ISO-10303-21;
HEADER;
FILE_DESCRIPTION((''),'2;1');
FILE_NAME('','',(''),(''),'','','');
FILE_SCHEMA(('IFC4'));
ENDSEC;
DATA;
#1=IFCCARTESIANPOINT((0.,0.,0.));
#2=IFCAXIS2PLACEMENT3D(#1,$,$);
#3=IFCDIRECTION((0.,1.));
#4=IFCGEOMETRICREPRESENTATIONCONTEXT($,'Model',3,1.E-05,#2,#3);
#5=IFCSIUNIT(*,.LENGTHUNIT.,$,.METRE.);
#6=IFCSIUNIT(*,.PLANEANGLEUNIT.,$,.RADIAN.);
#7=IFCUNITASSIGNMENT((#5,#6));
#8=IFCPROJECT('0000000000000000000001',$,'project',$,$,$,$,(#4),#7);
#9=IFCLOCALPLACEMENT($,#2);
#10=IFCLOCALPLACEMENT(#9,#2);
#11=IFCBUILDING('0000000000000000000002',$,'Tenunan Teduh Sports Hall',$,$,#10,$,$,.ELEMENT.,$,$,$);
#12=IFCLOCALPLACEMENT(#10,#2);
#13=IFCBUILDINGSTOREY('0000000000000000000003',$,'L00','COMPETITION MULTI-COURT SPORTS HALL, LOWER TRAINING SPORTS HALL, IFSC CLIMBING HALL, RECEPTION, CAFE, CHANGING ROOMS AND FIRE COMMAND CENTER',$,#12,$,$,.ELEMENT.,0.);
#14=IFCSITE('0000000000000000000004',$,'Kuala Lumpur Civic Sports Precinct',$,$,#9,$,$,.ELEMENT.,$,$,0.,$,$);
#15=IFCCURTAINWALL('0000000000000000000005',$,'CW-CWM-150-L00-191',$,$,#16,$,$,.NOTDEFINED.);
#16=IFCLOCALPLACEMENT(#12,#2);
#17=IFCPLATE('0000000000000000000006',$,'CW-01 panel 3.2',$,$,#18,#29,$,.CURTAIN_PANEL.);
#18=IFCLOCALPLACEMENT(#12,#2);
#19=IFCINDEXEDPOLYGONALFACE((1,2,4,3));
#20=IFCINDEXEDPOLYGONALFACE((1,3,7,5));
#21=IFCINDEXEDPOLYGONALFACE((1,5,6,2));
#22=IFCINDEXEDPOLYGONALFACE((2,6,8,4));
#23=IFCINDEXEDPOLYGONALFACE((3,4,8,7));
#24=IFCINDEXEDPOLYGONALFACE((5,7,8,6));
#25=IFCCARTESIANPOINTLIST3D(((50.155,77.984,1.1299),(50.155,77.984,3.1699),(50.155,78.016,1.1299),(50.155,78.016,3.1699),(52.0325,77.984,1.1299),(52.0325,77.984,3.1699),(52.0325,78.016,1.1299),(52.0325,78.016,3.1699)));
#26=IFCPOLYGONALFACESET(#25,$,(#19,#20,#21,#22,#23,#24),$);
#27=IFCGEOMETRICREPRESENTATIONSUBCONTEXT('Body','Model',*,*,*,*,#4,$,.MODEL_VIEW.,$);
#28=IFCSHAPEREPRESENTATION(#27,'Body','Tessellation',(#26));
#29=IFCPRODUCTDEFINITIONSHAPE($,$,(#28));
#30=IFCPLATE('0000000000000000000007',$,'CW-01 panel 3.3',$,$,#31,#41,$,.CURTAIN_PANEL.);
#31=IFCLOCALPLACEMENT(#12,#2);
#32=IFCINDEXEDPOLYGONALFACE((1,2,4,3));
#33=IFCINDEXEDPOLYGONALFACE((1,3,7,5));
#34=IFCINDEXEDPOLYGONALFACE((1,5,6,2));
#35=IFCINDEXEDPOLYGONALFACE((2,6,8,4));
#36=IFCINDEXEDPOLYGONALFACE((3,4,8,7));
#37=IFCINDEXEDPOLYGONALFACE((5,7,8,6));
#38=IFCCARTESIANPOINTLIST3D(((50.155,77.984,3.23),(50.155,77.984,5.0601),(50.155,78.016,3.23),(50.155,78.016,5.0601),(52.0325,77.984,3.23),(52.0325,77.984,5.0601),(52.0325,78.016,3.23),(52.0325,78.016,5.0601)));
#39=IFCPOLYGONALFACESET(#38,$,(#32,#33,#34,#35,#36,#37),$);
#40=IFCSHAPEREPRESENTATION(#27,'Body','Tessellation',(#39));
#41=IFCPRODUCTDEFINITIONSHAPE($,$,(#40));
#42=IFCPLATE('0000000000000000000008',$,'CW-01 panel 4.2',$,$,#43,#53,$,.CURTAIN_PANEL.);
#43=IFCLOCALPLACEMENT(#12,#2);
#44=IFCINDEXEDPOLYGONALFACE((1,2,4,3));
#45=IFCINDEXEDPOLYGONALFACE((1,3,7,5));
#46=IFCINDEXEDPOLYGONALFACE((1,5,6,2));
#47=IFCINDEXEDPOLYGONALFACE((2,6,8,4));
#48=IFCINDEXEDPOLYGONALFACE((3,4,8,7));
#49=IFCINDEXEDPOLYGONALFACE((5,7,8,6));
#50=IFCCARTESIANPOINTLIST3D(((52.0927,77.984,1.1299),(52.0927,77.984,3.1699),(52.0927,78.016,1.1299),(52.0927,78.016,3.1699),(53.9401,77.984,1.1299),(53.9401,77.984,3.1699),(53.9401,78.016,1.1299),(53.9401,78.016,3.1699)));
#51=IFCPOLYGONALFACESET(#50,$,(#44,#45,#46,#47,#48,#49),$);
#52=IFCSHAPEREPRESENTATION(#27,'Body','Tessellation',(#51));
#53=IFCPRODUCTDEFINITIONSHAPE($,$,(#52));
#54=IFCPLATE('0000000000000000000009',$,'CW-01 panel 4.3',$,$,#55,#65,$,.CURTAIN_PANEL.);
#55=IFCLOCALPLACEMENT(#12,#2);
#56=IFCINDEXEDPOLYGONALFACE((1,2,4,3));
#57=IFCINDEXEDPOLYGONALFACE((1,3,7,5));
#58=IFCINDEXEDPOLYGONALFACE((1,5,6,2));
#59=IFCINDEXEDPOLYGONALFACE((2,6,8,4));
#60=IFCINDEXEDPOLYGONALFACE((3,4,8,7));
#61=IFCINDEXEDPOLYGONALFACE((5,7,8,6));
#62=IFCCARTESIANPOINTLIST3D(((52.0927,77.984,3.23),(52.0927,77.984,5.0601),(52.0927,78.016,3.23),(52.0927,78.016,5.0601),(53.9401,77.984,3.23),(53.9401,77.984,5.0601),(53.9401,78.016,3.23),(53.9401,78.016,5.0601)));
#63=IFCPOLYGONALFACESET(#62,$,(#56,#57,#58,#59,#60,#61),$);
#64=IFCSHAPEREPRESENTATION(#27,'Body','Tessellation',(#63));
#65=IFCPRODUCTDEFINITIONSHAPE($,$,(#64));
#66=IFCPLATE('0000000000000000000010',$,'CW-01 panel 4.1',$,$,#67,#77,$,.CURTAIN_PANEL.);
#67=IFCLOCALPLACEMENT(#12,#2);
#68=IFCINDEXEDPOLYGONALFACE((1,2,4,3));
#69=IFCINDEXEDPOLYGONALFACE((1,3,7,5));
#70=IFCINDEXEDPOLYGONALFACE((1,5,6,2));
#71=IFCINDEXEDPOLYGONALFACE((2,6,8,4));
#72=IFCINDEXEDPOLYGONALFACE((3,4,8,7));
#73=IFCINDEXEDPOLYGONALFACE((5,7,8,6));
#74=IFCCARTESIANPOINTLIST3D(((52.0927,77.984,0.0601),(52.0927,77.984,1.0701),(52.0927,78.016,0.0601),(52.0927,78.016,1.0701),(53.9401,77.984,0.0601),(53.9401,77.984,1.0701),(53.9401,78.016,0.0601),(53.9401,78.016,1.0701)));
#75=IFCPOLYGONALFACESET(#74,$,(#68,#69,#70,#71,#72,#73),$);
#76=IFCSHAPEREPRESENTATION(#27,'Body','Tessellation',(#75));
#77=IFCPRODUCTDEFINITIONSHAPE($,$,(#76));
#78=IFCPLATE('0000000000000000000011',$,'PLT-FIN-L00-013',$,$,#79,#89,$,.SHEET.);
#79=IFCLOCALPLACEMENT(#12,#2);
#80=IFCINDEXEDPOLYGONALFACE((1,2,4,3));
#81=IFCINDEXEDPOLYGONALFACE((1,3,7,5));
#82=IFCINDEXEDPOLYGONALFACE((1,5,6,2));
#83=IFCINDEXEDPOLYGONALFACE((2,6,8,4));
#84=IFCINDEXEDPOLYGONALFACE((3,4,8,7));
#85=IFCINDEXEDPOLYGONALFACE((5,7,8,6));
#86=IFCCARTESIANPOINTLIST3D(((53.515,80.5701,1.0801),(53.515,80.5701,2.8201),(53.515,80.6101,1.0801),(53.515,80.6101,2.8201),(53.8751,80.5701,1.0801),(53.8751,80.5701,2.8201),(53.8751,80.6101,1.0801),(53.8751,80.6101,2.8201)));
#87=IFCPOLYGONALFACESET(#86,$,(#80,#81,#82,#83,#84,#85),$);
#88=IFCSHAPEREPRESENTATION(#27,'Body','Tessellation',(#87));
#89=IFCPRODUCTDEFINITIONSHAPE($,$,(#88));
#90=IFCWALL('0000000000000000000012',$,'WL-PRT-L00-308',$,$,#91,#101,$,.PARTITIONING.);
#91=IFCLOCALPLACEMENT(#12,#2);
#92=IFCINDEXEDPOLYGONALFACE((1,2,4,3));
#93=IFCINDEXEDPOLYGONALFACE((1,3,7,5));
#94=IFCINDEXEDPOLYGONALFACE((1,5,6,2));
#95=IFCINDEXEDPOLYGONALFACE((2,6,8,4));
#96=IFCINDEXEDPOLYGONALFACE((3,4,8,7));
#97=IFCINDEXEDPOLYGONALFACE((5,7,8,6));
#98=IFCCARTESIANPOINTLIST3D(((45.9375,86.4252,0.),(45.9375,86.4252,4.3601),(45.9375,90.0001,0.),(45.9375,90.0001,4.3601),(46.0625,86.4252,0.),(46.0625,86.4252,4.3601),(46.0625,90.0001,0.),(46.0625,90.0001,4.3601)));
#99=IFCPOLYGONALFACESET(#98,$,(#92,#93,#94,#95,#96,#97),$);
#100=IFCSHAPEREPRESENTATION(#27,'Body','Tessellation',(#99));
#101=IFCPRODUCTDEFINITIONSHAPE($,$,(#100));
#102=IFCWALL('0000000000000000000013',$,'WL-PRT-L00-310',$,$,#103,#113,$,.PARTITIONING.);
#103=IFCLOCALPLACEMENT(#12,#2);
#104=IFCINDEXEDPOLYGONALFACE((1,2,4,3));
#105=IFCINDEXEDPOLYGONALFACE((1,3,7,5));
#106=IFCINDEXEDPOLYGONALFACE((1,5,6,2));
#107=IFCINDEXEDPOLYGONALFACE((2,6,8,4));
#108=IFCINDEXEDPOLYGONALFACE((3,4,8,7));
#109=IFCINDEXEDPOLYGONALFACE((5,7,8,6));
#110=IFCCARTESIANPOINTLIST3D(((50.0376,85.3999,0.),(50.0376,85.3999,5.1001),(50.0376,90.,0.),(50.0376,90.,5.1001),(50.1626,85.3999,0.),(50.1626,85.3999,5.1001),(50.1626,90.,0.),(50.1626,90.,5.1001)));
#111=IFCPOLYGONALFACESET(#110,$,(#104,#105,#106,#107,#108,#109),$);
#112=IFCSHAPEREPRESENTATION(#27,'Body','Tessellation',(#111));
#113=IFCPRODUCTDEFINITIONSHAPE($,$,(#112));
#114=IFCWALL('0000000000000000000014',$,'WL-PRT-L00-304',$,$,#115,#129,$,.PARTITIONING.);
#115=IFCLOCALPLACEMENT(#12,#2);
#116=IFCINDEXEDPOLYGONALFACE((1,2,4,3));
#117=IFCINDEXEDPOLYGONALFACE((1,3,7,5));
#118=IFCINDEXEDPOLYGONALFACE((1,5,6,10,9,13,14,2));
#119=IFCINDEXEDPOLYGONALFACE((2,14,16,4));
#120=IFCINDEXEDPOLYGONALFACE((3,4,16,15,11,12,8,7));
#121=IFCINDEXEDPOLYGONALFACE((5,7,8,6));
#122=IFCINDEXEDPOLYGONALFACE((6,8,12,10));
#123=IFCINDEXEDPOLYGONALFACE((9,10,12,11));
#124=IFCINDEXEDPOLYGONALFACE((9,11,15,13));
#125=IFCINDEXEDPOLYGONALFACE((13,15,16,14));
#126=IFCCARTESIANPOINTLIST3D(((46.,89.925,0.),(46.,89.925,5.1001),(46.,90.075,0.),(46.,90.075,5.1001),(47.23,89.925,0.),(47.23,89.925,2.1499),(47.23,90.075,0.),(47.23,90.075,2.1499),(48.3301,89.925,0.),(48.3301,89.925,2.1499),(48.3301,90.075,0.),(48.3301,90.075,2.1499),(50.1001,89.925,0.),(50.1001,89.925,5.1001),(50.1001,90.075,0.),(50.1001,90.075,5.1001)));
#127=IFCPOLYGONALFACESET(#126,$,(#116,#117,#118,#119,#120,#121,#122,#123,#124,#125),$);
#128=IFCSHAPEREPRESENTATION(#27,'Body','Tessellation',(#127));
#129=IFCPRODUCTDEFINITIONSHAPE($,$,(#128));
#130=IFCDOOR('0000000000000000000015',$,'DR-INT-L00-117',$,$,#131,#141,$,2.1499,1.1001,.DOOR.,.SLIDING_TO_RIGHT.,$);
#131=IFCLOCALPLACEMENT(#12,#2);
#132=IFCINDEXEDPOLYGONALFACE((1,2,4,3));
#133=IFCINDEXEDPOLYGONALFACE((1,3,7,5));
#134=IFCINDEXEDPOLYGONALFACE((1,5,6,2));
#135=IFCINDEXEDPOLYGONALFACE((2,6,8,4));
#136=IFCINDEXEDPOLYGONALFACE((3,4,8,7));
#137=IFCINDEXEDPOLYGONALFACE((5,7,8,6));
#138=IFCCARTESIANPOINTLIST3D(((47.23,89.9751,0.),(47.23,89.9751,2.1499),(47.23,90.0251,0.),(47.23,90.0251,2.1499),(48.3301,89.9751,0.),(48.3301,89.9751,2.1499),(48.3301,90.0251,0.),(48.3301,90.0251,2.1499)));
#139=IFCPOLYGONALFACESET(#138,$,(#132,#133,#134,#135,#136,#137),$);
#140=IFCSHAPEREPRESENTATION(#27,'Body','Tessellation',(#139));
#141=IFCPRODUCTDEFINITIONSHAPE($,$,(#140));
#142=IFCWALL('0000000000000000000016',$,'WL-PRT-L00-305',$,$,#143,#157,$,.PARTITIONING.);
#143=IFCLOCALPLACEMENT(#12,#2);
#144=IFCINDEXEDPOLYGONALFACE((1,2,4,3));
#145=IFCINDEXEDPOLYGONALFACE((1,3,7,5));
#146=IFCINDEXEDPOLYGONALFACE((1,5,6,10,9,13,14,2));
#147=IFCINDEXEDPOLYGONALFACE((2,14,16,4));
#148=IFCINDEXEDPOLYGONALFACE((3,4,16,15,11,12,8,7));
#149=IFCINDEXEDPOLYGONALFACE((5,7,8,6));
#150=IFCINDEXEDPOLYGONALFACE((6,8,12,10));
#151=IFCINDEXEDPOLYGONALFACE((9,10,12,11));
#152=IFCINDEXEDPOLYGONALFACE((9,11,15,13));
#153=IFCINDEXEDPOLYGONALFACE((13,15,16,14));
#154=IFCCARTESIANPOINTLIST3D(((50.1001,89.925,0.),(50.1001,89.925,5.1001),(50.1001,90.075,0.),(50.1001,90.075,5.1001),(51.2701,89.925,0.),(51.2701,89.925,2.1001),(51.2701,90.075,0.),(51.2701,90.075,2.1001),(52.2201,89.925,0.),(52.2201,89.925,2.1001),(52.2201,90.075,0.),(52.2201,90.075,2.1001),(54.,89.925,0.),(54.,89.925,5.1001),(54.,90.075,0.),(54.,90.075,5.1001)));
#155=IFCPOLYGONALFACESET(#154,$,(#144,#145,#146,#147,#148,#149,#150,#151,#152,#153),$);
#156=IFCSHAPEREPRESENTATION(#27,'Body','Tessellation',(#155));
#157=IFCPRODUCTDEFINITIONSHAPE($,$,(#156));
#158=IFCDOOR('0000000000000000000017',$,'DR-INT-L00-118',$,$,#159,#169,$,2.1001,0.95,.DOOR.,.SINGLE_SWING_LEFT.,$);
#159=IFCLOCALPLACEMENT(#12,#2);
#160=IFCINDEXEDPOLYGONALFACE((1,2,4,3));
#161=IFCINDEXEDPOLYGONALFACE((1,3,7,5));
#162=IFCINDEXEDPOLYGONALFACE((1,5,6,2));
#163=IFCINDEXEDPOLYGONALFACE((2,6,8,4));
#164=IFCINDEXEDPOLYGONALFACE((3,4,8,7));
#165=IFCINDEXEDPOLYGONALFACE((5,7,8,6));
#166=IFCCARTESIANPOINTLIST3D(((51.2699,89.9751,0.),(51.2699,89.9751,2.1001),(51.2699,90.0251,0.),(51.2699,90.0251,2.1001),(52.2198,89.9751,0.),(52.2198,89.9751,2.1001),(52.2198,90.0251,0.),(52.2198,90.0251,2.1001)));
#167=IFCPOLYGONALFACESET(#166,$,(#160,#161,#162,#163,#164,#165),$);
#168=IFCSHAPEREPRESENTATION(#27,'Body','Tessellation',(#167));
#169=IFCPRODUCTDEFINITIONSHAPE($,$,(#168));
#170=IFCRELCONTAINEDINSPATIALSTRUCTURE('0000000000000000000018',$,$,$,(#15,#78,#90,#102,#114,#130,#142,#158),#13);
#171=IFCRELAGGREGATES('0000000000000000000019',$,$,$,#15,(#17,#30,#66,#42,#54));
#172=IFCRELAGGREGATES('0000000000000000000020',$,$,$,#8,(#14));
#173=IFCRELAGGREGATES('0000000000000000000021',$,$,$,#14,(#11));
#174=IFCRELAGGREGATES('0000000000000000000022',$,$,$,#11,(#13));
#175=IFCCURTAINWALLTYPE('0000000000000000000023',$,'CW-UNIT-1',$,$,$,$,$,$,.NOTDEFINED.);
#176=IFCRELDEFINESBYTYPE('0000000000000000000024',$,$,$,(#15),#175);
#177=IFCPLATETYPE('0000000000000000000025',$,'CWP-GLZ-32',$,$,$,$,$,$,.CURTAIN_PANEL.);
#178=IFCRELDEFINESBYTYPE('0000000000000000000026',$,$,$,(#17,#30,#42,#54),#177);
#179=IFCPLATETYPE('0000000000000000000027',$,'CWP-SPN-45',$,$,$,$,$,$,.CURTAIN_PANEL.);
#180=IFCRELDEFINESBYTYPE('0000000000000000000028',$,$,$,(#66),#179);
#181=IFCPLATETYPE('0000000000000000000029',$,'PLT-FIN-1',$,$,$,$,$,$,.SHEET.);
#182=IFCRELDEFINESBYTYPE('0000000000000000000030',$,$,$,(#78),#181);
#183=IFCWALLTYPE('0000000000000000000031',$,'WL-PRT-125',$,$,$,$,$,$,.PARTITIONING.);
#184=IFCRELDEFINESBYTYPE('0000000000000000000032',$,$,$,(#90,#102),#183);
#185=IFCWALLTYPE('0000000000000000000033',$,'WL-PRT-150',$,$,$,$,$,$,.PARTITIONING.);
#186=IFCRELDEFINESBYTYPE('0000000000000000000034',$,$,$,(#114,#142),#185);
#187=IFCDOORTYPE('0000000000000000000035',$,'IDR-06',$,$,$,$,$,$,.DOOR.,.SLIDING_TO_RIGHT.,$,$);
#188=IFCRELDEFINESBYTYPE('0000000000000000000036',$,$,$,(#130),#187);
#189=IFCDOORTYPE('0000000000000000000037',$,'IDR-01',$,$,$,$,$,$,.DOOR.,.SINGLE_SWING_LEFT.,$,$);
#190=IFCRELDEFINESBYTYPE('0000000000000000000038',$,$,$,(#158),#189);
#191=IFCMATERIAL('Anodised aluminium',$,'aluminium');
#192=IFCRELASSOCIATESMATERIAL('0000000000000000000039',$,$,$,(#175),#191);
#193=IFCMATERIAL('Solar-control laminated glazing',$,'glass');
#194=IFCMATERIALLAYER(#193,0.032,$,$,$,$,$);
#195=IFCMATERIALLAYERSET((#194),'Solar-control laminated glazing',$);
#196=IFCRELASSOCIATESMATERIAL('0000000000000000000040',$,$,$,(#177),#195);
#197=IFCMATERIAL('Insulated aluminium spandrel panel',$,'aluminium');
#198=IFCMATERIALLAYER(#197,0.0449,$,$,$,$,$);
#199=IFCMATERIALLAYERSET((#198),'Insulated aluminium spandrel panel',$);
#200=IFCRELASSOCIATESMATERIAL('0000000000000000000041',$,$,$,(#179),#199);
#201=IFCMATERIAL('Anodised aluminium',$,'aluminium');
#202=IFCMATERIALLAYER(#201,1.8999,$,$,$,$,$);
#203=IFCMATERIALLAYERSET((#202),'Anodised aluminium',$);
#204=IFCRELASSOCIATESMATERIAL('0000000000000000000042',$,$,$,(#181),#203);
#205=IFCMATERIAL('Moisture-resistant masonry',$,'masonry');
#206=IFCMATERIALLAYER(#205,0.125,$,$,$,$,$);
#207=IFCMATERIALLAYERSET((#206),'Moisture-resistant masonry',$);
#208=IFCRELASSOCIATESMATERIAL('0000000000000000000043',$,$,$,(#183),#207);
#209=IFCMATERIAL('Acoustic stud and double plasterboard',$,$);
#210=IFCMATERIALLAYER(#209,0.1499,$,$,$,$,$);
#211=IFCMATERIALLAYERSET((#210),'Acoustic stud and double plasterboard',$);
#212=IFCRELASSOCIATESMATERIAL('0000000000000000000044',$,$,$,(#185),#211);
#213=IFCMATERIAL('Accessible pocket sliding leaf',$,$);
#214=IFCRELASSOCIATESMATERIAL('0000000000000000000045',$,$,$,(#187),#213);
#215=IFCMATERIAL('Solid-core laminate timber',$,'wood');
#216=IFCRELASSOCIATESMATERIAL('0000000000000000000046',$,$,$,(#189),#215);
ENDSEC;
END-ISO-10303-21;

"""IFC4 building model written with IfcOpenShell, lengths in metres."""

from ifc_helpers import new_model, si_unit, direction, frame, frame_2d, origin, origin_2d, place, context, subcontext, project, spatial, rectangle, extrude, material, layer, layer_set, type_object, element, fill, aggregate, save


model = new_model("IFC4")

# Units and contexts
model_context = context("Model", 3, precision=1e-05, world=origin(), true_north=direction((0.0, 1.0)))
body_context = subcontext(model_context, "Body", "Model", "MODEL_VIEW")
ifc_project = project(units=[si_unit("LENGTHUNIT", "METRE"), si_unit("PLANEANGLEUNIT", "RADIAN")], contexts=[model_context])

# Site, building, storey
site_placement = place(None, origin())
site = spatial("IfcSite", under=ifc_project, at=site_placement, Name="Kuala Lumpur Civic Sports Precinct", CompositionType="ELEMENT", RefElevation=0.0)
building_placement = place(site_placement, origin())
building = spatial("IfcBuilding", under=site, at=building_placement, Name="Tenunan Teduh Sports Hall", CompositionType="ELEMENT")
storey_placement = place(building_placement, origin())
storey = spatial("IfcBuildingStorey", under=building, at=storey_placement, Name="L00", Description="COMPETITION MULTI-COURT SPORTS HALL, LOWER TRAINING SPORTS HALL, IFSC CLIMBING HALL, RECEPTION, CAFE, CHANGING ROOMS AND FIRE COMMAND CENTER", CompositionType="ELEMENT", Elevation=0.0)

# Curtain wall
ifc_material_1 = material(Name="Anodised aluminium", Category="aluminium")
curtain_wall_type = type_object("IfcCurtainWallType", Name="CW-UNIT-1", PredefinedType="NOTDEFINED", material=ifc_material_1)
curtain_wall_placement = place(storey_placement, origin())
curtain_wall = element("IfcCurtainWall", 1, at=curtain_wall_placement, inside=storey, type_object=curtain_wall_type, Name="CW-CWM-150-L00-191", PredefinedType="NOTDEFINED")

# Plates
ifc_material_2 = material(Name="Solar-control laminated glazing", Category="glass")
ifc_layer_1 = layer(ifc_material_2, 0.032)
ifc_layer_set_1 = layer_set([ifc_layer_1], Name="Solar-control laminated glazing")
plate_type_1 = type_object("IfcPlateType", Name="CWP-GLZ-32", PredefinedType="CURTAIN_PANEL", material=ifc_layer_set_1)
plate_1_placement = place(storey_placement, frame((51.0938, 78.0, 1.1299), z_axis=(0.0, 0.0, 1.0), x_axis=(1.0, 0.0, 0.0)))
plate_1 = element("IfcPlate", 2, at=plate_1_placement, type_object=plate_type_1, Name="CW-01 panel 3.2", PredefinedType="CURTAIN_PANEL", context=body_context, shape_type="SweptSolid", body=[
    extrude(rectangle(XDim=1.8774, YDim=0.032, at=origin_2d()), origin(), (0.0, 0.0, 1.0), 2.04),
])
plate_2_placement = place(storey_placement, frame((51.0938, 78.0, 3.23), z_axis=(0.0, 0.0, 1.0), x_axis=(1.0, 0.0, 0.0)))
plate_2 = element("IfcPlate", 3, at=plate_2_placement, type_object=plate_type_1, Name="CW-01 panel 3.3", PredefinedType="CURTAIN_PANEL", context=body_context, shape_type="SweptSolid", body=[
    extrude(rectangle(XDim=1.8774, YDim=0.032, at=origin_2d()), origin(), (0.0, 0.0, 1.0), 1.8301),
])
plate_3_placement = place(storey_placement, frame((53.0164, 78.0, 1.1299), z_axis=(0.0, 0.0, 1.0), x_axis=(1.0, 0.0, 0.0)))
plate_3 = element("IfcPlate", 4, at=plate_3_placement, type_object=plate_type_1, Name="CW-01 panel 4.2", PredefinedType="CURTAIN_PANEL", context=body_context, shape_type="SweptSolid", body=[
    extrude(rectangle(XDim=1.8474, YDim=0.032, at=origin_2d()), origin(), (0.0, 0.0, 1.0), 2.04),
])
plate_4_placement = place(storey_placement, frame((53.0164, 78.0, 3.23), z_axis=(0.0, 0.0, 1.0), x_axis=(1.0, 0.0, 0.0)))
plate_4 = element("IfcPlate", 5, at=plate_4_placement, type_object=plate_type_1, Name="CW-01 panel 4.3", PredefinedType="CURTAIN_PANEL", context=body_context, shape_type="SweptSolid", body=[
    extrude(rectangle(XDim=1.8474, YDim=0.032, at=origin_2d()), origin(), (0.0, 0.0, 1.0), 1.8301),
])
ifc_material_3 = material(Name="Insulated aluminium spandrel panel", Category="aluminium")
ifc_layer_2 = layer(ifc_material_3, 0.0449)
ifc_layer_set_2 = layer_set([ifc_layer_2], Name="Insulated aluminium spandrel panel")
plate_type_2 = type_object("IfcPlateType", Name="CWP-SPN-45", PredefinedType="CURTAIN_PANEL", material=ifc_layer_set_2)
plate_5_placement = place(storey_placement, frame((53.0164, 78.0, 0.0601), z_axis=(0.0, 0.0, 1.0), x_axis=(1.0, 0.0, 0.0)))
plate_5 = element("IfcPlate", 6, at=plate_5_placement, type_object=plate_type_2, Name="CW-01 panel 4.1", PredefinedType="CURTAIN_PANEL", context=body_context, shape_type="SweptSolid", body=[
    extrude(rectangle(XDim=1.8474, YDim=0.032, at=origin_2d()), origin(), (0.0, 0.0, 1.0), 1.01),
])
aggregate(curtain_wall, [plate_1, plate_2, plate_5, plate_3, plate_4])
ifc_material_4 = material(Name="Anodised aluminium", Category="aluminium")
ifc_layer_3 = layer(ifc_material_4, 1.8999)
ifc_layer_set_3 = layer_set([ifc_layer_3], Name="Anodised aluminium")
plate_type_3 = type_object("IfcPlateType", Name="PLT-FIN-1", PredefinedType="SHEET", material=ifc_layer_set_3)
plate_6_placement = place(storey_placement, frame((53.6951, 80.5901, 1.0801), z_axis=(0.0, 0.0, 1.0), x_axis=(0.0, 1.0, 0.0)))
element("IfcPlate", 7, at=plate_6_placement, inside=storey, type_object=plate_type_3, Name="PLT-FIN-L00-013", PredefinedType="SHEET", context=body_context, shape_type="SweptSolid", body=[
    extrude(rectangle(XDim=0.04, YDim=0.3601, at=origin_2d()), origin(), (0.0, 0.0, 1.0), 1.74),
])

# Walls
ifc_material_5 = material(Name="Moisture-resistant masonry", Category="masonry")
ifc_layer_4 = layer(ifc_material_5, 0.125)
ifc_layer_set_4 = layer_set([ifc_layer_4], Name="Moisture-resistant masonry")
wall_type_1 = type_object("IfcWallType", Name="WL-PRT-125", PredefinedType="PARTITIONING", material=ifc_layer_set_4)
wall_1_placement = place(storey_placement, frame((46.0, 86.425, 0.0), z_axis=(0.0, 0.0, 1.0), x_axis=(0.0, 1.0, 0.0)))
element("IfcWall", 8, at=wall_1_placement, inside=storey, type_object=wall_type_1, Name="WL-PRT-L00-308", PredefinedType="PARTITIONING", context=body_context, shape_type="SweptSolid", body=[
    extrude(rectangle(XDim=3.575, YDim=0.125, at=frame_2d((1.7876, 0.0))), origin(), (0.0, 0.0, 1.0), 4.3601),
])
wall_2_placement = place(storey_placement, frame((50.1001, 85.3999, 0.0), z_axis=(0.0, 0.0, 1.0), x_axis=(0.0, 1.0, 0.0)))
element("IfcWall", 9, at=wall_2_placement, inside=storey, type_object=wall_type_1, Name="WL-PRT-L00-310", PredefinedType="PARTITIONING", context=body_context, shape_type="SweptSolid", body=[
    extrude(rectangle(XDim=4.6001, YDim=0.125, at=frame_2d((2.3, 0.0))), origin(), (0.0, 0.0, 1.0), 5.1001),
])

# Walls, openings, doors
ifc_material_6 = material(Name="Acoustic stud and double plasterboard")
ifc_layer_5 = layer(ifc_material_6, 0.1499)
ifc_layer_set_5 = layer_set([ifc_layer_5], Name="Acoustic stud and double plasterboard")
wall_type_2 = type_object("IfcWallType", Name="WL-PRT-150", PredefinedType="PARTITIONING", material=ifc_layer_set_5)
wall_3_placement = place(storey_placement, frame((46.0, 90.0, 0.0), z_axis=(0.0, 0.0, 1.0), x_axis=(1.0, 0.0, 0.0)))
wall_3 = element("IfcWall", 10, at=wall_3_placement, inside=storey, type_object=wall_type_2, Name="WL-PRT-L00-304", PredefinedType="PARTITIONING", context=body_context, shape_type="SweptSolid", body=[
    extrude(rectangle(XDim=4.1001, YDim=0.1499, at=frame_2d((2.05, 0.0))), origin(), (0.0, 0.0, 1.0), 5.1001),
])
opening_1_placement = place(wall_3_placement, frame((1.23, 0.0, 0.0)))
opening_1 = element("IfcOpeningElement", 11, at=opening_1_placement, cuts=wall_3, PredefinedType="OPENING", context=body_context, shape_type="SweptSolid", body=[
    extrude(rectangle(XDim=1.1001, YDim=2.1499, at=frame_2d((0.55, 1.075))), frame((0.0, 0.085, 0.0), z_axis=(0.0, -1.0, 0.0), x_axis=(1.0, 0.0, 0.0)), (0.0, 0.0, 1.0), 0.1699),
])
ifc_material_7 = material(Name="Accessible pocket sliding leaf")
door_type_1 = type_object("IfcDoorType", Name="IDR-06", OperationType="SLIDING_TO_RIGHT", PredefinedType="DOOR", material=ifc_material_7)
door_1_placement = place(opening_1_placement, frame((1.1001, 0.0, 0.0), z_axis=(0.0, 0.0, 1.0), x_axis=(-1.0, 0.0, 0.0)))
door_1 = element("IfcDoor", 12, at=door_1_placement, inside=storey, type_object=door_type_1, Name="DR-INT-L00-117", OperationType="SLIDING_TO_RIGHT", OverallHeight=2.1499, OverallWidth=1.1001, PredefinedType="DOOR", context=body_context, shape_type="SweptSolid", body=[
    extrude(rectangle(XDim=1.1001, YDim=2.1499, at=frame_2d((0.55, 1.075))), frame((0.0, 0.0249, 0.0), z_axis=(0.0, -1.0, 0.0), x_axis=(1.0, 0.0, 0.0)), (0.0, 0.0, 1.0), 0.05),
])
fill(opening_1, door_1)
wall_4_placement = place(storey_placement, frame((50.1001, 90.0, 0.0), z_axis=(0.0, 0.0, 1.0), x_axis=(1.0, 0.0, 0.0)))
wall_4 = element("IfcWall", 13, at=wall_4_placement, inside=storey, type_object=wall_type_2, Name="WL-PRT-L00-305", PredefinedType="PARTITIONING", context=body_context, shape_type="SweptSolid", body=[
    extrude(rectangle(XDim=3.8999, YDim=0.1499, at=frame_2d((1.95, 0.0))), origin(), (0.0, 0.0, 1.0), 5.1001),
])
opening_2_placement = place(wall_4_placement, frame((1.1699, 0.0, 0.0)))
opening_2 = element("IfcOpeningElement", 14, at=opening_2_placement, cuts=wall_4, PredefinedType="OPENING", context=body_context, shape_type="SweptSolid", body=[
    extrude(rectangle(XDim=0.95, YDim=2.1001, at=frame_2d((0.4751, 1.05))), frame((0.0, 0.085, 0.0), z_axis=(0.0, -1.0, 0.0), x_axis=(1.0, 0.0, 0.0)), (0.0, 0.0, 1.0), 0.1699),
])
ifc_material_8 = material(Name="Solid-core laminate timber", Category="wood")
door_type_2 = type_object("IfcDoorType", Name="IDR-01", OperationType="SINGLE_SWING_LEFT", PredefinedType="DOOR", material=ifc_material_8)
door_2_placement = place(opening_2_placement, frame((0.95, 0.0, 0.0), z_axis=(0.0, 0.0, 1.0), x_axis=(-1.0, 0.0, 0.0)))
door_2 = element("IfcDoor", 15, at=door_2_placement, inside=storey, type_object=door_type_2, Name="DR-INT-L00-118", OperationType="SINGLE_SWING_LEFT", OverallHeight=2.1001, OverallWidth=0.95, PredefinedType="DOOR", context=body_context, shape_type="SweptSolid", body=[
    extrude(rectangle(XDim=0.95, YDim=2.1001, at=frame_2d((0.4751, 1.05))), frame((0.0, 0.0249, 0.0), z_axis=(0.0, -1.0, 0.0), x_axis=(1.0, 0.0, 0.0)), (0.0, 0.0, 1.0), 0.05),
])
fill(opening_2, door_2)

save(model, "model.ifc")
